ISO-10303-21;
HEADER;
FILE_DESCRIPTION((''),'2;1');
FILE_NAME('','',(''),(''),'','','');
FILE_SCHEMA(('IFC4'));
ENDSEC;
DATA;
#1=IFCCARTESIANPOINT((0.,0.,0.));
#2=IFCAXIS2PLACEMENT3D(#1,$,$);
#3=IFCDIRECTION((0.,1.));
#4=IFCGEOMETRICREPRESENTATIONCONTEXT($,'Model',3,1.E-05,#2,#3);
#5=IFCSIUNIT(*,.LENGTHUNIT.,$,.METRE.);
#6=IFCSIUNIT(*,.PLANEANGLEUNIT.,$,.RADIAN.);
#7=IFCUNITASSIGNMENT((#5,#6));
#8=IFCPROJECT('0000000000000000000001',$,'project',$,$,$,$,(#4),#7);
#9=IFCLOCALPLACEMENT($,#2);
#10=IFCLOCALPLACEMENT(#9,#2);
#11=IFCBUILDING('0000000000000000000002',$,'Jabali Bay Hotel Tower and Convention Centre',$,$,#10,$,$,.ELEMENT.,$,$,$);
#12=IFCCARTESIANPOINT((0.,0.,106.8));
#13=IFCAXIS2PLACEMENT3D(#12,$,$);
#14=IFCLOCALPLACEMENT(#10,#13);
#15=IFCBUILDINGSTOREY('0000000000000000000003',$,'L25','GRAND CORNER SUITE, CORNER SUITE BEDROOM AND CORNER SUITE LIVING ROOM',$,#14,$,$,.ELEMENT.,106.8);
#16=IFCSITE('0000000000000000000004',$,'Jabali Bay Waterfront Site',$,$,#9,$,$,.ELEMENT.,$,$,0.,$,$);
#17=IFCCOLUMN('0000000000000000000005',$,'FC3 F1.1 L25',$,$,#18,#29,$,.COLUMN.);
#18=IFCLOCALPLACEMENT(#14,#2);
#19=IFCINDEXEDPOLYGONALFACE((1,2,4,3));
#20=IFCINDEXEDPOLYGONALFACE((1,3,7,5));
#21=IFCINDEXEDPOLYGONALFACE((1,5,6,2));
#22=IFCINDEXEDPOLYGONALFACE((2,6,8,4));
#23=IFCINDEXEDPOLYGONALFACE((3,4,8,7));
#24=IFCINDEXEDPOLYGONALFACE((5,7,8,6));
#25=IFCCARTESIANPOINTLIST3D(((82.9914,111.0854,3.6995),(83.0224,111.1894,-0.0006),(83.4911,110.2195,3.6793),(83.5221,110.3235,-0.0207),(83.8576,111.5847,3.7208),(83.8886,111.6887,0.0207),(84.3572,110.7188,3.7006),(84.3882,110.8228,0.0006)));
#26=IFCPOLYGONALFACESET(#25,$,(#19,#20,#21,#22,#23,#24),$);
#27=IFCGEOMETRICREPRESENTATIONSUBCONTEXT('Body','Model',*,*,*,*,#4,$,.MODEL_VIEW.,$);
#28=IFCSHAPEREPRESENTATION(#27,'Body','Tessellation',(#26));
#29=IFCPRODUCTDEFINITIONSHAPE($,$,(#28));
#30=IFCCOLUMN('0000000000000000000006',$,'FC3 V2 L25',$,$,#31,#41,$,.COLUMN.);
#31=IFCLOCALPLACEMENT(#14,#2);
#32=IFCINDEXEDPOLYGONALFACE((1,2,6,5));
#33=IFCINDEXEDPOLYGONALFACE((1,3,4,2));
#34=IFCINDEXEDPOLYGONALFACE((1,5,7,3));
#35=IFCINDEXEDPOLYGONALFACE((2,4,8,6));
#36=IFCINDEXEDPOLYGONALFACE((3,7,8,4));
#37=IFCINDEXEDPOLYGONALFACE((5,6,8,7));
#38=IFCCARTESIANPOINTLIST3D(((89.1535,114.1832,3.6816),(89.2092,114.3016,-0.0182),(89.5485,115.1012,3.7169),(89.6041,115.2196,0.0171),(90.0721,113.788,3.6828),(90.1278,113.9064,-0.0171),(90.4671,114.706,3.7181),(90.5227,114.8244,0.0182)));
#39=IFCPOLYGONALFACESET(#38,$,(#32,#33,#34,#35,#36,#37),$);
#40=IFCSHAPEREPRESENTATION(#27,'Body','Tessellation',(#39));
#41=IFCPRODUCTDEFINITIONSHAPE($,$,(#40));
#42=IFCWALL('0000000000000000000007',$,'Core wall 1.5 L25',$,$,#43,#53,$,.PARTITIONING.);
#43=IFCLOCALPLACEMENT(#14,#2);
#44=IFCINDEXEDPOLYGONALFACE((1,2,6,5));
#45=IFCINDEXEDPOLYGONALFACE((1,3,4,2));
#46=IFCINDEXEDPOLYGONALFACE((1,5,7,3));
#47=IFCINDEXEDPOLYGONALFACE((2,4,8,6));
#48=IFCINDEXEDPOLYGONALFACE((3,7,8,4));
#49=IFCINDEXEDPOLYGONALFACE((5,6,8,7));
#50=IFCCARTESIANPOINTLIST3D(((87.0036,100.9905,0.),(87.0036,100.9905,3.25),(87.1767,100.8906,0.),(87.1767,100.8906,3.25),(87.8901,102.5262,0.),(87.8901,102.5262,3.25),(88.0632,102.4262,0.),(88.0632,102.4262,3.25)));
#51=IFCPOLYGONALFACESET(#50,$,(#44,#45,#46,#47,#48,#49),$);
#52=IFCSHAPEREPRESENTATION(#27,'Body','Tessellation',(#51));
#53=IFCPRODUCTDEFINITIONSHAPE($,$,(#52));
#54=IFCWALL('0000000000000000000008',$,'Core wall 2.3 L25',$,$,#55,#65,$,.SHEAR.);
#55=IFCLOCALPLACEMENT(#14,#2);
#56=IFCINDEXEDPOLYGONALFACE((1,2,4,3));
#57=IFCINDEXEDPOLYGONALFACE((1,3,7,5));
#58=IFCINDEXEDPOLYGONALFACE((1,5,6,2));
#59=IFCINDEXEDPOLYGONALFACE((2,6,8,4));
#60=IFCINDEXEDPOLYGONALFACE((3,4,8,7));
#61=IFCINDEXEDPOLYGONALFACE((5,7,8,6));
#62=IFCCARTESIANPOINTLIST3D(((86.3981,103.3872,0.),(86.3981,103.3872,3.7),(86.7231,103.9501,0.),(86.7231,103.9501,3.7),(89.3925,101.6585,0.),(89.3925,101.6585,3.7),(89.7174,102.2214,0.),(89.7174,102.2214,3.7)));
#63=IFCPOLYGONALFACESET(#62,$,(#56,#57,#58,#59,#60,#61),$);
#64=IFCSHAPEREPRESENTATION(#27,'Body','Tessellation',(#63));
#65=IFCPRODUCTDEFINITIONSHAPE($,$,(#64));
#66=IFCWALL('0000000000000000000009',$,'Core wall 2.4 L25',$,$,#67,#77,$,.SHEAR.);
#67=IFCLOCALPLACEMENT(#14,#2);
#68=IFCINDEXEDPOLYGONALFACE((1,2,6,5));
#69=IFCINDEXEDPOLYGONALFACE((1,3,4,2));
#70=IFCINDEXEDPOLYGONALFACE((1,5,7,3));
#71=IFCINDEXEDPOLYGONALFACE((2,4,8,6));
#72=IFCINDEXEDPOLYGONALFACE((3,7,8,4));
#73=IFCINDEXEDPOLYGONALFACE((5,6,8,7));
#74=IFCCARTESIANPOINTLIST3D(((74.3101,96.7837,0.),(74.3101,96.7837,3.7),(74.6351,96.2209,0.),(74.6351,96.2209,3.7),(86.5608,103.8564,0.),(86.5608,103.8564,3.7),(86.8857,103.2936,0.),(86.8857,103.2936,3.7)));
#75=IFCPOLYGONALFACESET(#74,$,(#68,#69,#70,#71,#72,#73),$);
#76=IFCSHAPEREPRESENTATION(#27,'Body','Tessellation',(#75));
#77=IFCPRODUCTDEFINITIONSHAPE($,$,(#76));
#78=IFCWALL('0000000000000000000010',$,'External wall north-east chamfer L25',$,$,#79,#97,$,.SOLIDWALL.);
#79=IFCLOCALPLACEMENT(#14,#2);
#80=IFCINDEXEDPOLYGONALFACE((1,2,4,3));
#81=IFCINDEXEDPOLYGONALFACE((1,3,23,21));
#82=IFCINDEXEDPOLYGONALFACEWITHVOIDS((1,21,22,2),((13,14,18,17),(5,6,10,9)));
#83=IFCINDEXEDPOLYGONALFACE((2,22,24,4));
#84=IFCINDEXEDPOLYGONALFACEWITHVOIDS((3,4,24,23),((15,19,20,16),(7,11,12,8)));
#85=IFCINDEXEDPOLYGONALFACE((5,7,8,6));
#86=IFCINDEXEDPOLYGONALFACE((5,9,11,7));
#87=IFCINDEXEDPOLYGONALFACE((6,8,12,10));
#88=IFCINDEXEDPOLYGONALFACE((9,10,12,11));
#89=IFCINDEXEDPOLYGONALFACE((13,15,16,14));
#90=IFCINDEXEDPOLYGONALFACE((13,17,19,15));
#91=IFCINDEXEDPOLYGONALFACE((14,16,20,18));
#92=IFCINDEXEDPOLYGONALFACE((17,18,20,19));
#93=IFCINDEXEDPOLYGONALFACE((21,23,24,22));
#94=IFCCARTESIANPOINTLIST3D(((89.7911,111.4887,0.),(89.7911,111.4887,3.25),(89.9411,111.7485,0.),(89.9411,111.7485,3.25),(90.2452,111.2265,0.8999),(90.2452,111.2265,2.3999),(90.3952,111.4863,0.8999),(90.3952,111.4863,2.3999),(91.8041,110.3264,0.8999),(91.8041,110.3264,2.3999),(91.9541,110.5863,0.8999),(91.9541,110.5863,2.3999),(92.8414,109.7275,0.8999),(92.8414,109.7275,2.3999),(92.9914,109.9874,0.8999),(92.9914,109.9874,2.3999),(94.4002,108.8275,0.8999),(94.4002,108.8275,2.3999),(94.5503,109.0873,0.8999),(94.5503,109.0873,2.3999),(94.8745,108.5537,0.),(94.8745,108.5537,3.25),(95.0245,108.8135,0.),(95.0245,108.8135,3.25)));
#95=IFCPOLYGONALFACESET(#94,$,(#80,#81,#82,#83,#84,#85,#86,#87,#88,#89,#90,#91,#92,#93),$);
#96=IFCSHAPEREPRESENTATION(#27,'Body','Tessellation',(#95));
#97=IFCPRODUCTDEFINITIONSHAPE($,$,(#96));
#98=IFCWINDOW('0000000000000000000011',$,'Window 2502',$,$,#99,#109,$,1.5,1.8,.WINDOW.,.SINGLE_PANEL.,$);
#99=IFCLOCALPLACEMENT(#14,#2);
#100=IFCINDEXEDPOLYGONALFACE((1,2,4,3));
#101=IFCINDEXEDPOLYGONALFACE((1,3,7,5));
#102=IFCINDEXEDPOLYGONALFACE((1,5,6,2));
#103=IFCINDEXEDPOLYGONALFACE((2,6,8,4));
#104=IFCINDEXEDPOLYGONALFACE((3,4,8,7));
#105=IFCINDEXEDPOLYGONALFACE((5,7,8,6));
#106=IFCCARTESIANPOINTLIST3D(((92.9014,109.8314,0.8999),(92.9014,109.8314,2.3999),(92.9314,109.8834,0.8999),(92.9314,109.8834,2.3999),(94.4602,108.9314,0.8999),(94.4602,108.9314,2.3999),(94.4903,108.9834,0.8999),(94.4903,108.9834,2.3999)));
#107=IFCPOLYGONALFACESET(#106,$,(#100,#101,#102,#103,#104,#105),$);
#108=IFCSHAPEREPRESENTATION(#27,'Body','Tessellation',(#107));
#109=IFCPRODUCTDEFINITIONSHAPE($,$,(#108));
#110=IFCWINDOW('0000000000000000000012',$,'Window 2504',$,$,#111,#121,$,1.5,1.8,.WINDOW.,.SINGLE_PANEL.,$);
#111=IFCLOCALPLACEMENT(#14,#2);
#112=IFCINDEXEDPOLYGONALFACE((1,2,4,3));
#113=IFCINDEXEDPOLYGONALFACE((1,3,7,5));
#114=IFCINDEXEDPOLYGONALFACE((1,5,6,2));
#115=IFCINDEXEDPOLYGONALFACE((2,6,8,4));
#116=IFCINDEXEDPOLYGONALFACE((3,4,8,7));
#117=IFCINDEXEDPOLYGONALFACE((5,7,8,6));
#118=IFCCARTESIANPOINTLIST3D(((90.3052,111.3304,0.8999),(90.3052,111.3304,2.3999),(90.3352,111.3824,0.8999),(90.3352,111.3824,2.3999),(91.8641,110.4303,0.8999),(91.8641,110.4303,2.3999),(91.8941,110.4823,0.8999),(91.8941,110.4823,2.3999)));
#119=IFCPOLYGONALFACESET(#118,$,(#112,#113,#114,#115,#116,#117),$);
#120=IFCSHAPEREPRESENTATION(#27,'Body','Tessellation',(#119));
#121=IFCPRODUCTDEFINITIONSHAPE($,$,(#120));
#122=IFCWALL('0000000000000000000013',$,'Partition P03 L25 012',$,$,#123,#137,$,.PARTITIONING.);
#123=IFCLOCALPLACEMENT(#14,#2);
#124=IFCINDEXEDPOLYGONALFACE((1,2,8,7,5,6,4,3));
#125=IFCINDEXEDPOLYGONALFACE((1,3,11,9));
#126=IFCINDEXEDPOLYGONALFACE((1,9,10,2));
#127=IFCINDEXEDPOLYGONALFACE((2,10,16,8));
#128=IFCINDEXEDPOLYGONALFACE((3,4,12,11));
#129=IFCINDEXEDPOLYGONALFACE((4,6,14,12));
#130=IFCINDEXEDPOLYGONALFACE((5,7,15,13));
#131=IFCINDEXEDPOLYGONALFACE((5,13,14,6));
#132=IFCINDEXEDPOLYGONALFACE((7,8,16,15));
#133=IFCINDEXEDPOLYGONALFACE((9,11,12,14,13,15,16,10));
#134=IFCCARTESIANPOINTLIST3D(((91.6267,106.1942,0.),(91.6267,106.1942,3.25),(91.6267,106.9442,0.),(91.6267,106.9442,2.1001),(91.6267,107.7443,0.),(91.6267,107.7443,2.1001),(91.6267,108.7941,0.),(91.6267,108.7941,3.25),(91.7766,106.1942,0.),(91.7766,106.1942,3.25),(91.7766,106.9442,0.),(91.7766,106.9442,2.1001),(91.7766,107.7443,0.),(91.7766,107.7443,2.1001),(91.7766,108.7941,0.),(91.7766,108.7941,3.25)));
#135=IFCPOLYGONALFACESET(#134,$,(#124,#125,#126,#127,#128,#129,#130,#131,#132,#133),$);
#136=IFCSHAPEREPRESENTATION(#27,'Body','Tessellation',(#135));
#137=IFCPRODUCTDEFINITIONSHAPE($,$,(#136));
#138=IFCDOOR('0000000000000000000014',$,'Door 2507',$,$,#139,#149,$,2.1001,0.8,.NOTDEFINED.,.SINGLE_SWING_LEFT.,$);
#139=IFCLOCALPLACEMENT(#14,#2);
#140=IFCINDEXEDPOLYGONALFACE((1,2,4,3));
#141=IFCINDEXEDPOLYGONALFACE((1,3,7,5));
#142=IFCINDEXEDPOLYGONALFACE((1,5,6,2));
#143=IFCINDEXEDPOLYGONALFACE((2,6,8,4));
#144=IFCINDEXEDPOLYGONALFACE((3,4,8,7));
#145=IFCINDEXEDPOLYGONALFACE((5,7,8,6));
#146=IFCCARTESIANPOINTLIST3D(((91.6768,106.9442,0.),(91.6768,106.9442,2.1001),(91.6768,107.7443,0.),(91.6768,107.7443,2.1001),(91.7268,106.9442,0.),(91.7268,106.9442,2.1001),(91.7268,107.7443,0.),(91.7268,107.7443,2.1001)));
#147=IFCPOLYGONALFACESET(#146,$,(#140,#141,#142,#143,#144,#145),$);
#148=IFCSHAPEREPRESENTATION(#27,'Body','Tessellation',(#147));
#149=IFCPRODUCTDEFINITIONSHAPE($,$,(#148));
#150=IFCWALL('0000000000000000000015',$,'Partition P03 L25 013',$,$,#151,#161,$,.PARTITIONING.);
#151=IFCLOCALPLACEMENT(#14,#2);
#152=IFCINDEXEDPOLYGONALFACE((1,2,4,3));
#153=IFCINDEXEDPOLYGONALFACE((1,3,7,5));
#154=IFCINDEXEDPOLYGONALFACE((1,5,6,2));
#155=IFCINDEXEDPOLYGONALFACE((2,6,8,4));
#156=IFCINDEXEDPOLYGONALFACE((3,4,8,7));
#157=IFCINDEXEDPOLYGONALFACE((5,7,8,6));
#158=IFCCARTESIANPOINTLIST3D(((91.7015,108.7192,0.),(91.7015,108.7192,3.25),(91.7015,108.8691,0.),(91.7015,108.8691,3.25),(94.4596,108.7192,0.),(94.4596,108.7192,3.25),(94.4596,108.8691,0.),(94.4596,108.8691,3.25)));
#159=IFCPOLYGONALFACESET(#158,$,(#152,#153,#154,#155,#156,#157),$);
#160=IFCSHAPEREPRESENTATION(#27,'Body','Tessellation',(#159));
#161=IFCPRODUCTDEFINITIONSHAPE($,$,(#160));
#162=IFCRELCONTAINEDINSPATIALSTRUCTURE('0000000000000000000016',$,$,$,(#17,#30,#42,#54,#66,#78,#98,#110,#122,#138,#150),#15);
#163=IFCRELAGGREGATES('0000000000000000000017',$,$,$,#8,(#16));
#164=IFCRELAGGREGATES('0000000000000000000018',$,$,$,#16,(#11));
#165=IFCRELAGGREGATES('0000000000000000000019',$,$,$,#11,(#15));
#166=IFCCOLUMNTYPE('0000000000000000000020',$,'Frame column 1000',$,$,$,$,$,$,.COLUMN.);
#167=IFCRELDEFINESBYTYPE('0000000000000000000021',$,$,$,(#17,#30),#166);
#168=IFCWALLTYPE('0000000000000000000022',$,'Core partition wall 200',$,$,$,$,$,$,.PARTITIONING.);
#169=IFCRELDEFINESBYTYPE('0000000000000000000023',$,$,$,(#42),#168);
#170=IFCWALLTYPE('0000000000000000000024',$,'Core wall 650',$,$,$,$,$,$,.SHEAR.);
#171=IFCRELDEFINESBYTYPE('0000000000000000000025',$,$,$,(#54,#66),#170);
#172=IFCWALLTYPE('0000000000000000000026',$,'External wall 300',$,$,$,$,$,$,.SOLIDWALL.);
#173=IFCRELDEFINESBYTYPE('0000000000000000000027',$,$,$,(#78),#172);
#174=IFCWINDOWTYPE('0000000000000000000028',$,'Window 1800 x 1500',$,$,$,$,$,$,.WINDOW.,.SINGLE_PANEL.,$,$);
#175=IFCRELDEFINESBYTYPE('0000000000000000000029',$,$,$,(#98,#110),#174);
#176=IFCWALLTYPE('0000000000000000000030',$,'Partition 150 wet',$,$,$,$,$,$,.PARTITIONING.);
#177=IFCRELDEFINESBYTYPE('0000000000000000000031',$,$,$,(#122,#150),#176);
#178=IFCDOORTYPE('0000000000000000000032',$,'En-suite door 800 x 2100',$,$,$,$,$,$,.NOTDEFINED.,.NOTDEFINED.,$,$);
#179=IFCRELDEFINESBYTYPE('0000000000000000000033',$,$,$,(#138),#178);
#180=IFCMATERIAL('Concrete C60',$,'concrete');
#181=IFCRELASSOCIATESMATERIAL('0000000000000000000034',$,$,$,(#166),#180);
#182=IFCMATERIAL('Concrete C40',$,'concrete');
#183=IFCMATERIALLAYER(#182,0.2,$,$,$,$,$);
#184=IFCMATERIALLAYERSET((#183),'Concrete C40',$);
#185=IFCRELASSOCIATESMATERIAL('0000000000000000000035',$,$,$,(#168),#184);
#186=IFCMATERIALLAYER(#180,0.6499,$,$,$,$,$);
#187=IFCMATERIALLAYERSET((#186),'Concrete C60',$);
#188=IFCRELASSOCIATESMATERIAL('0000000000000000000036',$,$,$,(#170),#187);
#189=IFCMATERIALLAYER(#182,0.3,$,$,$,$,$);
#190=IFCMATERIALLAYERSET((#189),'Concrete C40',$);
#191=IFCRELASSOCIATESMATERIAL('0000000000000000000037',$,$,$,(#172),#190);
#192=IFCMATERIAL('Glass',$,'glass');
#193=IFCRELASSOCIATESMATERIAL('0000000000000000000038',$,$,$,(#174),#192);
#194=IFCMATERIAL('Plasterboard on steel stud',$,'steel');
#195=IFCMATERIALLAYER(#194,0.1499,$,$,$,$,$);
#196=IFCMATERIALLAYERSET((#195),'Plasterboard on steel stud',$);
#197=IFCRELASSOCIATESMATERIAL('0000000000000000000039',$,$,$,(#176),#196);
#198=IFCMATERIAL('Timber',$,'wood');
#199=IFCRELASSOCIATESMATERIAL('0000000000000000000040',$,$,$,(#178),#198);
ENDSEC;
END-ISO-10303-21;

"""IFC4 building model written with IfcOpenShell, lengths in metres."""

from ifc_helpers import new_model, si_unit, direction, frame, frame_2d, origin, origin_2d, place, context, subcontext, project, spatial, rectangle, extrude, material, layer, layer_set, material_profile, profile_set, type_object, element, fill, save


model = new_model("IFC4")

# Units and contexts
model_context = context("Model", 3, precision=1e-05, world=origin(), true_north=direction((0.0, 1.0)))
body_context = subcontext(model_context, "Body", "Model", "MODEL_VIEW")
ifc_project = project(units=[si_unit("LENGTHUNIT", "METRE"), si_unit("PLANEANGLEUNIT", "RADIAN")], contexts=[model_context])

# Site, building, storey
site_placement = place(None, origin())
site = spatial("IfcSite", under=ifc_project, at=site_placement, Name="Jabali Bay Waterfront Site", CompositionType="ELEMENT", RefElevation=0.0)
building_placement = place(site_placement, origin())
building = spatial("IfcBuilding", under=site, at=building_placement, Name="Jabali Bay Hotel Tower and Convention Centre", CompositionType="ELEMENT")
storey_placement = place(building_placement, frame((0.0, 0.0, 106.8)))
storey = spatial("IfcBuildingStorey", under=building, at=storey_placement, Name="L25", Description="GRAND CORNER SUITE, CORNER SUITE BEDROOM AND CORNER SUITE LIVING ROOM", CompositionType="ELEMENT", Elevation=106.8)

# Columns
ifc_material_1 = material(Name="Concrete C60", Category="concrete")
ifc_material_profile = material_profile(ifc_material_1, rectangle(XDim=1.0, YDim=1.0, at=origin_2d()), Name="Frame column 1000")
ifc_profile_set = profile_set([ifc_material_profile], Name="Concrete C60")
column_type = type_object("IfcColumnType", Name="Frame column 1000", PredefinedType="COLUMN", material=ifc_profile_set)
column_1_placement = place(storey_placement, frame((83.7053, 111.0061, 0.0), z_axis=(-0.008376, -0.028097, 0.99957), x_axis=(0.866173, 0.499291, 0.021293)))
element("IfcColumn", 1, at=column_1_placement, inside=storey, type_object=column_type, Name="FC3 F1.1 L25", PredefinedType="COLUMN", context=body_context, shape_type="SweptSolid", body=[
    extrude(rectangle(XDim=1.0, YDim=1.0, at=origin_2d()), origin(), (0.0, 0.0, 1.0), 3.7017),
])
column_2_placement = place(storey_placement, frame((89.866, 114.563, 0.0), z_axis=(-0.015035, -0.031983, 0.999375), x_axis=(0.918594, -0.395202, 0.001172)))
element("IfcColumn", 2, at=column_2_placement, inside=storey, type_object=column_type, Name="FC3 V2 L25", PredefinedType="COLUMN", context=body_context, shape_type="SweptSolid", body=[
    extrude(rectangle(XDim=1.0, YDim=1.0, at=origin_2d()), origin(), (0.0, 0.0, 1.0), 3.7021),
])

# Walls
ifc_material_2 = material(Name="Concrete C40", Category="concrete")
ifc_layer_1 = layer(ifc_material_2, 0.2)
ifc_layer_set_1 = layer_set([ifc_layer_1], Name="Concrete C40")
wall_type_1 = type_object("IfcWallType", Name="Core partition wall 200", PredefinedType="PARTITIONING", material=ifc_layer_set_1)
wall_1_placement = place(storey_placement, frame((87.0901, 100.9404, 0.0), z_axis=(0.0, 0.0, 1.0), x_axis=(0.499945, 0.866057, 0.0)))
element("IfcWall", 3, at=wall_1_placement, inside=storey, type_object=wall_type_1, Name="Core wall 1.5 L25", PredefinedType="PARTITIONING", context=body_context, shape_type="SweptSolid", body=[
    extrude(rectangle(XDim=1.7732, YDim=0.2, at=frame_2d((0.8867, 0.0))), origin(), (0.0, 0.0, 1.0), 3.25),
])
ifc_layer_2 = layer(ifc_material_1, 0.6499)
ifc_layer_set_2 = layer_set([ifc_layer_2], Name="Concrete C60")
wall_type_2 = type_object("IfcWallType", Name="Core wall 650", PredefinedType="SHEAR", material=ifc_layer_set_2)
wall_2_placement = place(storey_placement, frame((89.5549, 101.9399, 0.0), z_axis=(0.0, 0.0, 1.0), x_axis=(-0.866032, 0.499989, 0.0)))
element("IfcWall", 4, at=wall_2_placement, inside=storey, type_object=wall_type_2, Name="Core wall 2.3 L25", PredefinedType="SHEAR", context=body_context, shape_type="SweptSolid", body=[
    extrude(rectangle(XDim=3.4575, YDim=0.6499, at=frame_2d((1.7288, 0.0))), origin(), (0.0, 0.0, 1.0), 3.7),
])
wall_3_placement = place(storey_placement, frame((86.7231, 103.575, 0.0), z_axis=(0.0, 0.0, 1.0), x_axis=(-0.866032, -0.499989, 0.0)))
element("IfcWall", 5, at=wall_3_placement, inside=storey, type_object=wall_type_2, Name="Core wall 2.4 L25", PredefinedType="SHEAR", context=body_context, shape_type="SweptSolid", body=[
    extrude(rectangle(XDim=14.1458, YDim=0.6499, at=frame_2d((7.0728, 0.0))), origin(), (0.0, 0.0, 1.0), 3.7),
])

# Wall, openings, windows
ifc_layer_3 = layer(ifc_material_2, 0.3)
ifc_layer_set_3 = layer_set([ifc_layer_3], Name="Concrete C40")
wall_type_3 = type_object("IfcWallType", Name="External wall 300", PredefinedType="SOLIDWALL", material=ifc_layer_set_3)
wall_4_placement = place(storey_placement, frame((89.866, 111.6187, 0.0), z_axis=(0.0, 0.0, 1.0), x_axis=(0.866018, -0.500013, 0.0)))
wall_4 = element("IfcWall", 6, at=wall_4_placement, inside=storey, type_object=wall_type_3, Name="External wall north-east chamfer L25", PredefinedType="SOLIDWALL", context=body_context, shape_type="SweptSolid", body=[
    extrude(rectangle(XDim=5.8699, YDim=0.3, at=frame_2d((2.9351, 0.0))), origin(), (0.0, 0.0, 1.0), 3.25),
])
opening_1_placement = place(wall_4_placement, frame((3.5225, 0.0, 0.8999)))
opening_1 = element("IfcOpeningElement", 7, at=opening_1_placement, cuts=wall_4, PredefinedType="OPENING", context=body_context, shape_type="SweptSolid", body=[
    extrude(rectangle(XDim=1.8, YDim=1.5, at=frame_2d((0.8999, 0.75))), frame((0.0, 0.1606, 0.0), z_axis=(0.0, -1.0, 0.0), x_axis=(1.0, 0.0, 0.0)), (0.0, 0.0, 1.0), 0.321),
])
opening_2_placement = place(wall_4_placement, frame((0.5247, 0.0, 0.8999)))
opening_2 = element("IfcOpeningElement", 8, at=opening_2_placement, cuts=wall_4, PredefinedType="OPENING", context=body_context, shape_type="SweptSolid", body=[
    extrude(rectangle(XDim=1.8, YDim=1.5, at=frame_2d((0.8999, 0.75))), frame((0.0, 0.1606, 0.0), z_axis=(0.0, -1.0, 0.0), x_axis=(1.0, 0.0, 0.0)), (0.0, 0.0, 1.0), 0.321),
])
ifc_material_3 = material(Name="Glass", Category="glass")
window_type = type_object("IfcWindowType", Name="Window 1800 x 1500", PartitioningType="SINGLE_PANEL", PredefinedType="WINDOW", material=ifc_material_3)
window_1_placement = place(opening_1_placement, origin())
window_1 = element("IfcWindow", 9, at=window_1_placement, inside=storey, type_object=window_type, Name="Window 2502", OverallHeight=1.5, OverallWidth=1.8, PartitioningType="SINGLE_PANEL", PredefinedType="WINDOW", context=body_context, shape_type="SweptSolid", body=[
    extrude(rectangle(XDim=1.8, YDim=1.5, at=frame_2d((0.8999, 0.75))), frame((0.0, 0.03, 0.0), z_axis=(0.0, -1.0, 0.0), x_axis=(1.0, 0.0, 0.0)), (0.0, 0.0, 1.0), 0.0601),
])
fill(opening_1, window_1)
window_2_placement = place(opening_2_placement, origin())
window_2 = element("IfcWindow", 10, at=window_2_placement, inside=storey, type_object=window_type, Name="Window 2504", OverallHeight=1.5, OverallWidth=1.8, PartitioningType="SINGLE_PANEL", PredefinedType="WINDOW", context=body_context, shape_type="SweptSolid", body=[
    extrude(rectangle(XDim=1.8, YDim=1.5, at=frame_2d((0.8999, 0.75))), frame((0.0, 0.03, 0.0), z_axis=(0.0, -1.0, 0.0), x_axis=(1.0, 0.0, 0.0)), (0.0, 0.0, 1.0), 0.0601),
])
fill(opening_2, window_2)

# Wall, opening, door
ifc_material_4 = material(Name="Plasterboard on steel stud", Category="steel")
ifc_layer_4 = layer(ifc_material_4, 0.1499)
ifc_layer_set_4 = layer_set([ifc_layer_4], Name="Plasterboard on steel stud")
wall_type_4 = type_object("IfcWallType", Name="Partition 150 wet", PredefinedType="PARTITIONING", material=ifc_layer_set_4)
wall_5_placement = place(storey_placement, frame((91.7017, 106.1943, 0.0), z_axis=(0.0, 0.0, 1.0), x_axis=(0.0, 1.0, 0.0)))
wall_5 = element("IfcWall", 11, at=wall_5_placement, inside=storey, type_object=wall_type_4, Name="Partition P03 L25 012", PredefinedType="PARTITIONING", context=body_context, shape_type="SweptSolid", body=[
    extrude(rectangle(XDim=2.5999, YDim=0.1499, at=frame_2d((1.2998, 0.0))), origin(), (0.0, 0.0, 1.0), 3.25),
])
opening_3_placement = place(wall_5_placement, frame((0.75, 0.0, 0.0)))
opening_3 = element("IfcOpeningElement", 12, at=opening_3_placement, cuts=wall_5, PredefinedType="OPENING", context=body_context, shape_type="SweptSolid", body=[
    extrude(rectangle(XDim=0.8, YDim=2.1001, at=frame_2d((0.3999, 1.05))), frame((0.0, 0.0854, 0.0), z_axis=(0.0, -1.0, 0.0), x_axis=(1.0, 0.0, 0.0)), (0.0, 0.0, 1.0), 0.1709),
])
ifc_material_5 = material(Name="Timber", Category="wood")
door_type = type_object("IfcDoorType", Name="En-suite door 800 x 2100", OperationType="NOTDEFINED", PredefinedType="NOTDEFINED", material=ifc_material_5)
door_placement = place(opening_3_placement, origin())
door = element("IfcDoor", 13, at=door_placement, inside=storey, type_object=door_type, Name="Door 2507", OperationType="SINGLE_SWING_LEFT", OverallHeight=2.1001, OverallWidth=0.8, PredefinedType="NOTDEFINED", context=body_context, shape_type="SweptSolid", body=[
    extrude(rectangle(XDim=0.8, YDim=2.1001, at=frame_2d((0.3999, 1.05))), frame((0.0, 0.0249, 0.0), z_axis=(0.0, -1.0, 0.0), x_axis=(1.0, 0.0, 0.0)), (0.0, 0.0, 1.0), 0.05),
])
fill(opening_3, door)

# Wall
wall_6_placement = place(storey_placement, frame((91.7017, 108.7942, 0.0), z_axis=(0.0, 0.0, 1.0), x_axis=(1.0, 0.0, 0.0)))
element("IfcWall", 14, at=wall_6_placement, inside=storey, type_object=wall_type_4, Name="Partition P03 L25 013", PredefinedType="PARTITIONING", context=body_context, shape_type="SweptSolid", body=[
    extrude(rectangle(XDim=2.7581, YDim=0.1499, at=frame_2d((1.3789, 0.0))), origin(), (0.0, 0.0, 1.0), 3.25),
])

save(model, "model.ifc")
